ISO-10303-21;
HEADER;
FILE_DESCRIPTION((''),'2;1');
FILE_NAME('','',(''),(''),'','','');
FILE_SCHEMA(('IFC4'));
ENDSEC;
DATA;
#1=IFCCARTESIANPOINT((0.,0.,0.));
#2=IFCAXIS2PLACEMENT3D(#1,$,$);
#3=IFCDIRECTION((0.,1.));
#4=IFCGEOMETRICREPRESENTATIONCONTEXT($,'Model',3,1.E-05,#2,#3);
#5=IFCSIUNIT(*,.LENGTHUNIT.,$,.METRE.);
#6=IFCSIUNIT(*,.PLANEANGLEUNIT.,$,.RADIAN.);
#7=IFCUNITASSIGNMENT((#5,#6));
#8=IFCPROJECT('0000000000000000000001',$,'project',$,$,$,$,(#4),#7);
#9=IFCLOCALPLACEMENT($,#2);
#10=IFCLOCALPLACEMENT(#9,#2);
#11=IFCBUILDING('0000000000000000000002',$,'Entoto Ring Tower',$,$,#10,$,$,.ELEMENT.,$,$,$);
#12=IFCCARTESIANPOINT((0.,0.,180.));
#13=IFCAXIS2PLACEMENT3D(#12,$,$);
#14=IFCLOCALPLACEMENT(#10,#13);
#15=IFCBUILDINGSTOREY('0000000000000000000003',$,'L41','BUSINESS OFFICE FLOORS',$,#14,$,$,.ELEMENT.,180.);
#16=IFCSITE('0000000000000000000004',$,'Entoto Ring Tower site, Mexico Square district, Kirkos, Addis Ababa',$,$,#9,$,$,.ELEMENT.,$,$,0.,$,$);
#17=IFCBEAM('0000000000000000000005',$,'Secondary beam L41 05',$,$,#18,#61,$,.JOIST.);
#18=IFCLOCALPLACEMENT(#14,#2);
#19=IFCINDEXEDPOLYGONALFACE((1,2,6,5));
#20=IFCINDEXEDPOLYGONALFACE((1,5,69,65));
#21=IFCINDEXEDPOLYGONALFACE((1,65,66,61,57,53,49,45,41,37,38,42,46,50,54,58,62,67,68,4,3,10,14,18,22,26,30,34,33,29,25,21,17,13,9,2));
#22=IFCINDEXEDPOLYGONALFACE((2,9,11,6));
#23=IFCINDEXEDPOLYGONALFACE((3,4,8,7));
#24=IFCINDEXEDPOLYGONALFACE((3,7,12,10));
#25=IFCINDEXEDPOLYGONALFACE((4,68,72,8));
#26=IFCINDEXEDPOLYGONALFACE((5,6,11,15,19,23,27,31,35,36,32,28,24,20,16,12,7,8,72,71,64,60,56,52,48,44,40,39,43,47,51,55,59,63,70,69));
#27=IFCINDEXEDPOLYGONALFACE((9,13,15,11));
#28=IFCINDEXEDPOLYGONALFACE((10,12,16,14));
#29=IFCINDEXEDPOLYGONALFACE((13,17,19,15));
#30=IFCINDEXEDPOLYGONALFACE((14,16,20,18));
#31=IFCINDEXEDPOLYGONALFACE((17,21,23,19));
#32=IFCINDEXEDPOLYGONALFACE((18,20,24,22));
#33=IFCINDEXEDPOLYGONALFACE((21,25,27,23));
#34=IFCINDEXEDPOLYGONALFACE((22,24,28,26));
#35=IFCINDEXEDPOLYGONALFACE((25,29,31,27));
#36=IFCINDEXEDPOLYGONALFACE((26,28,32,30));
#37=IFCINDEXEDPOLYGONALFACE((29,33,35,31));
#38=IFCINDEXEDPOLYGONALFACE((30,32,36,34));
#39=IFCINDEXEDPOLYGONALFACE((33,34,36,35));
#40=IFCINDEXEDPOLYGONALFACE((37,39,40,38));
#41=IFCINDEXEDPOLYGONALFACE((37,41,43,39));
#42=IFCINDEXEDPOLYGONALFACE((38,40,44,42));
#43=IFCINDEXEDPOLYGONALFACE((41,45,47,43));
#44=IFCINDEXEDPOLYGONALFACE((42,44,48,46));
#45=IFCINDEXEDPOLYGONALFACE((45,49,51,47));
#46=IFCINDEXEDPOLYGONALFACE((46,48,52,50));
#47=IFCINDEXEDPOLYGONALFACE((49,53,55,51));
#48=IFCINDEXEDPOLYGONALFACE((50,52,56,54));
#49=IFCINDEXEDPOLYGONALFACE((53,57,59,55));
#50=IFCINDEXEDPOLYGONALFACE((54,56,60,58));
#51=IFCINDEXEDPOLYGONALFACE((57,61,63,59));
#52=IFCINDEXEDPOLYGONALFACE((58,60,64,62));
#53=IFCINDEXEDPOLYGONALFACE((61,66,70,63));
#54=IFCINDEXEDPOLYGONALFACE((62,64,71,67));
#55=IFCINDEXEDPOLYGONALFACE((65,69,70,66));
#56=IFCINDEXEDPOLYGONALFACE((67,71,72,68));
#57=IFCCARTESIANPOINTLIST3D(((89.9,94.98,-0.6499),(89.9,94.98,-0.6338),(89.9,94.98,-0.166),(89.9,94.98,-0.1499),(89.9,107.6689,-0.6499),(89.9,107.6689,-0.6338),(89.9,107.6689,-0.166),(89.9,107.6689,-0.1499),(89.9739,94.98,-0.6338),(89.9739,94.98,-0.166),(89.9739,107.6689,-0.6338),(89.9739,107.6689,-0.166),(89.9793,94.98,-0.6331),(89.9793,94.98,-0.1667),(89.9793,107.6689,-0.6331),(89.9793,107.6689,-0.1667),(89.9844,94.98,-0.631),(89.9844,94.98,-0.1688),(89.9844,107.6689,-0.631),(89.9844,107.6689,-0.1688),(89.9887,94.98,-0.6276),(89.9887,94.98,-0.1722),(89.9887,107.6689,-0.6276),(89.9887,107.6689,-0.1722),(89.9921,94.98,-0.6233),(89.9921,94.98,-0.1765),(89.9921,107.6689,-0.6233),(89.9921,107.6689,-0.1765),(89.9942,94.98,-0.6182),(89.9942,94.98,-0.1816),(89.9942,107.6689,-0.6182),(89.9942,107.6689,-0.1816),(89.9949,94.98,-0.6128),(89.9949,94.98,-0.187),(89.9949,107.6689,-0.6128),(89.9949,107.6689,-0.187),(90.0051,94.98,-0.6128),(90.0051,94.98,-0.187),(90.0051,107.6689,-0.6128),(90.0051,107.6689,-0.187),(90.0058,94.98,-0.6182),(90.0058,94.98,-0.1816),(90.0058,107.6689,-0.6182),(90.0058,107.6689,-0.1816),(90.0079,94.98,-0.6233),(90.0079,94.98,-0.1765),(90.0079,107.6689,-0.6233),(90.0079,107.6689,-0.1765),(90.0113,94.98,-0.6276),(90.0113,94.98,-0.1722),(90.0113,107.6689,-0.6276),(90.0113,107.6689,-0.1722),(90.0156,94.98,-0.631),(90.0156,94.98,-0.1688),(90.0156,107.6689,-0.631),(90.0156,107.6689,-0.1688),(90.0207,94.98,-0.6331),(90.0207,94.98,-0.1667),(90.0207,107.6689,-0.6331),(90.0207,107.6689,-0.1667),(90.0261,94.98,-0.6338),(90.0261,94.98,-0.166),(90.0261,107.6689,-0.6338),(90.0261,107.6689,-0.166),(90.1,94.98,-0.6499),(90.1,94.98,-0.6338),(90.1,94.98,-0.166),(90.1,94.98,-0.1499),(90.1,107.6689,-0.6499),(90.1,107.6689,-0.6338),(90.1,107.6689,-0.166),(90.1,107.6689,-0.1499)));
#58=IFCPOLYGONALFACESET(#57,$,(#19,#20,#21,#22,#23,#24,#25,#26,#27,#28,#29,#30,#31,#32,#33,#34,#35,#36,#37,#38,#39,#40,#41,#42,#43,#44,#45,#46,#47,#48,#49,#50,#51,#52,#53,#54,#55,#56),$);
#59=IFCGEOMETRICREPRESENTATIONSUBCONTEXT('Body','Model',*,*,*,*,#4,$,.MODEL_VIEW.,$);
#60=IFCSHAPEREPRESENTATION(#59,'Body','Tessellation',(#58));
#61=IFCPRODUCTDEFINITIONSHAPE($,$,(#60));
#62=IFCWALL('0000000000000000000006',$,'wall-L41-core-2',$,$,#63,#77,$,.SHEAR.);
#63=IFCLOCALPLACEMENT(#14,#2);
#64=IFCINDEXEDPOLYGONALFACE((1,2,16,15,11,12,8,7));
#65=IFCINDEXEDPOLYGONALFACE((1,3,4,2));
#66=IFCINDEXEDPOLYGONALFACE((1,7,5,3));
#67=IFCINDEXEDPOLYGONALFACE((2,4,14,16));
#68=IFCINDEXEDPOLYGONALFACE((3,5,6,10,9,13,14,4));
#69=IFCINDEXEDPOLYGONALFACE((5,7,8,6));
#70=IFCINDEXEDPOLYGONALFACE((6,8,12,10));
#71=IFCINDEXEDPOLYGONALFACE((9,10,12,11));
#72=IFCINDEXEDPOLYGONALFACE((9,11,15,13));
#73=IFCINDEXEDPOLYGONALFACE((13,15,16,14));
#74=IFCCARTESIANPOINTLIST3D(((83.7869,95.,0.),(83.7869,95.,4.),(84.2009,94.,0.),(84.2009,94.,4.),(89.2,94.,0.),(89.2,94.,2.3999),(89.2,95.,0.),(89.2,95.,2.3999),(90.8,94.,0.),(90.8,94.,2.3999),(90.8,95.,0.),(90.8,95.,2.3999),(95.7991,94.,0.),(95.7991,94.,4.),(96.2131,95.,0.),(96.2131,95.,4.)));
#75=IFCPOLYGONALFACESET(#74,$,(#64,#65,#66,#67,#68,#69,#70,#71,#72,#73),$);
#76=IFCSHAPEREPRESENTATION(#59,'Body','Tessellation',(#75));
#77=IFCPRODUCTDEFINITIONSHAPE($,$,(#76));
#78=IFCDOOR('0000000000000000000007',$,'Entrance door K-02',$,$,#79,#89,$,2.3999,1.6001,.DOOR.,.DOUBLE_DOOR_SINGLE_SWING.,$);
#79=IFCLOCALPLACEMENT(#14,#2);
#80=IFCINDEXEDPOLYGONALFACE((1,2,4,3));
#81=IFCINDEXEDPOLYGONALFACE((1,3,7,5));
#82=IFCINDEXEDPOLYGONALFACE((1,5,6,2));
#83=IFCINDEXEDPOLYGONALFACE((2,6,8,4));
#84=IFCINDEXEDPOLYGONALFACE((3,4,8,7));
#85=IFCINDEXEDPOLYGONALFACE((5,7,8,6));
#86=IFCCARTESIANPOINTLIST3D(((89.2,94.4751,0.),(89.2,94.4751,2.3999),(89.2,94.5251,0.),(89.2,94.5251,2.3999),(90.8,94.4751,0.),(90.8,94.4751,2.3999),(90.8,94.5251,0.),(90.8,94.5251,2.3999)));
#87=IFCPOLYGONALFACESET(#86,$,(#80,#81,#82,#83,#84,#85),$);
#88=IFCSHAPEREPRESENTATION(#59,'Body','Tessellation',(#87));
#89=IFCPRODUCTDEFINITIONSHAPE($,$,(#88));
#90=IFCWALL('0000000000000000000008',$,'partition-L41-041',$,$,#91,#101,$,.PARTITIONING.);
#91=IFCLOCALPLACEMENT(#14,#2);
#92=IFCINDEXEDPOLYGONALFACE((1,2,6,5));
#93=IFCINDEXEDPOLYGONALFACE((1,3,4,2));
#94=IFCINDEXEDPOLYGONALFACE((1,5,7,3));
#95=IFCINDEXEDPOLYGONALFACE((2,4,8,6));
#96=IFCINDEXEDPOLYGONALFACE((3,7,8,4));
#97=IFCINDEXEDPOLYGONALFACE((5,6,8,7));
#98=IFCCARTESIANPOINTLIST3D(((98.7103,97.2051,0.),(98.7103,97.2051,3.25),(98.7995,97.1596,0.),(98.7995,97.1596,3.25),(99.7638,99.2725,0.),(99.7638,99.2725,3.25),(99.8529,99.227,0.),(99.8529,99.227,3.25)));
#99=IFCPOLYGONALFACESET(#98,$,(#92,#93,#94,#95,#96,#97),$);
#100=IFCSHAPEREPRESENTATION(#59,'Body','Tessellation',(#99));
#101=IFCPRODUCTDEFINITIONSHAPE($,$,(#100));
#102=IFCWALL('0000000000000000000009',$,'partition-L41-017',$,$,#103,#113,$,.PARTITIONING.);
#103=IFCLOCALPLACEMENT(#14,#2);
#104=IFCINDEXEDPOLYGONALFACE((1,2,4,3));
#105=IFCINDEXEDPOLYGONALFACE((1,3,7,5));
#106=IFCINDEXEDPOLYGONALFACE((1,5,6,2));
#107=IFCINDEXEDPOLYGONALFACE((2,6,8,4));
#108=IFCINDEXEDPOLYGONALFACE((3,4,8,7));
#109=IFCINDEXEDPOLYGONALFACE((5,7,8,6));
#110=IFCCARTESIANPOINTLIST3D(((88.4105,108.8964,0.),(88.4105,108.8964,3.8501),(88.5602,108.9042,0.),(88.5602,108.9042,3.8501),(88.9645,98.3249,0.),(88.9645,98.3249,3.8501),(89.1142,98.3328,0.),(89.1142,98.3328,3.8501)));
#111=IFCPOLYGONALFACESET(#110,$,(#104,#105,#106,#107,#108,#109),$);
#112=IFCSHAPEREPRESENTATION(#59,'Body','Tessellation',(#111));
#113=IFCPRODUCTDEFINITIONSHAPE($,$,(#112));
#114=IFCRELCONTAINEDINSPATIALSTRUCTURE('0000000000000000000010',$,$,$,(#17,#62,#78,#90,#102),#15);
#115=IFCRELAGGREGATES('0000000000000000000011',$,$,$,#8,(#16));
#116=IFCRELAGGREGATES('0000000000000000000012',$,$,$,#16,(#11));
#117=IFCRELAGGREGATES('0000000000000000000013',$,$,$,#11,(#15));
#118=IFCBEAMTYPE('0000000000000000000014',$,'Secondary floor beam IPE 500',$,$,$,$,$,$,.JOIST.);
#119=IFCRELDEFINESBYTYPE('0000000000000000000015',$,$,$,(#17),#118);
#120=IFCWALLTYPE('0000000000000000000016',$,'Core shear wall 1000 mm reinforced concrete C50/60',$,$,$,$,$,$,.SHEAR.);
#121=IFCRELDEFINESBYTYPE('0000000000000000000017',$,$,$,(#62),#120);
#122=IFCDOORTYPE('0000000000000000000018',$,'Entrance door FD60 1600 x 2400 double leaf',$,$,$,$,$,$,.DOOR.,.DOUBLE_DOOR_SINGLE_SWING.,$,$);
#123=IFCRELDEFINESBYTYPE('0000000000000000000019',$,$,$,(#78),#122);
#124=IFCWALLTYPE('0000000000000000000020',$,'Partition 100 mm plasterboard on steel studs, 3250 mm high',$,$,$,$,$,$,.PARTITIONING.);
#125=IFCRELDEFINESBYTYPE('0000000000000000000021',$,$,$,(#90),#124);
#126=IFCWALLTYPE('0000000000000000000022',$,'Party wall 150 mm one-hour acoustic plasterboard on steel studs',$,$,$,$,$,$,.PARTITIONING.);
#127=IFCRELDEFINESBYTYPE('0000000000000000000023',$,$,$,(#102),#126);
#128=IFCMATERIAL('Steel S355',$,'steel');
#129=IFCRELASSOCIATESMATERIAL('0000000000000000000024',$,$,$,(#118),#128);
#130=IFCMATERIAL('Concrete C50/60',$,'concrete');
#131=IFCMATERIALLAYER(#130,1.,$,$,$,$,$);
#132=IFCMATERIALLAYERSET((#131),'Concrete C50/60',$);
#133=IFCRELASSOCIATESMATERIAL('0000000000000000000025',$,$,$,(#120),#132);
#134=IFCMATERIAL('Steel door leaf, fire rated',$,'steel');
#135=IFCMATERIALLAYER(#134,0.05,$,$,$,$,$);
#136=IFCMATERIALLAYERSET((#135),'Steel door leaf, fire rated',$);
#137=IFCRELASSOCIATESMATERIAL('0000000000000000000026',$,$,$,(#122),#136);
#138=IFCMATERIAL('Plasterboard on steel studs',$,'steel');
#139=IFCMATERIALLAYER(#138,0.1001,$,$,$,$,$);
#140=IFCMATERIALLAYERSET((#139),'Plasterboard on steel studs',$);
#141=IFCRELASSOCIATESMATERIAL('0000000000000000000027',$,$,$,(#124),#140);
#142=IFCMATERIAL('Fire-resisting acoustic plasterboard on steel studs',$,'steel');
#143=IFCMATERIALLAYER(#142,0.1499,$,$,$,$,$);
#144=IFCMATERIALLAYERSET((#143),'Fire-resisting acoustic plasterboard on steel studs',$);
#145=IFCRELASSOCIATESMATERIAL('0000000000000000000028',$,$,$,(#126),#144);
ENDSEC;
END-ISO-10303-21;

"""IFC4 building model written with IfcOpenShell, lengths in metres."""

from ifc_helpers import new_model, si_unit, direction, frame, frame_2d, origin, origin_2d, place, context, subcontext, project, spatial, polyline, rectangle, i_section, outline, extrude, material, layer, layer_set, material_profile, profile_set, type_object, element, fill, save


model = new_model("IFC4")

# Units and contexts
model_context = context("Model", 3, precision=1e-05, world=origin(), true_north=direction((0.0, 1.0)))
body_context = subcontext(model_context, "Body", "Model", "MODEL_VIEW")
ifc_project = project(units=[si_unit("LENGTHUNIT", "METRE"), si_unit("PLANEANGLEUNIT", "RADIAN")], contexts=[model_context])

# Site, building, storey
site_placement = place(None, origin())
site = spatial("IfcSite", under=ifc_project, at=site_placement, Name="Entoto Ring Tower site, Mexico Square district, Kirkos, Addis Ababa", CompositionType="ELEMENT", RefElevation=0.0)
building_placement = place(site_placement, origin())
building = spatial("IfcBuilding", under=site, at=building_placement, Name="Entoto Ring Tower", CompositionType="ELEMENT")
storey_placement = place(building_placement, frame((0.0, 0.0, 180.0)))
storey = spatial("IfcBuildingStorey", under=building, at=storey_placement, Name="L41", Description="BUSINESS OFFICE FLOORS", CompositionType="ELEMENT", Elevation=180.0)

# Beam
ifc_material_1 = material(Name="Steel S355", Category="steel")
ifc_material_profile_1 = material_profile(ifc_material_1, i_section(OverallWidth=0.2, OverallDepth=0.5, WebThickness=0.0103, FlangeThickness=0.0161, FilletRadius=0.021, at=origin_2d()), Name="IPE 500")
ifc_profile_set_1 = profile_set([ifc_material_profile_1], Name="Steel S355")
beam_type_1 = type_object("IfcBeamType", Name="Secondary floor beam IPE 500", PredefinedType="JOIST", material=ifc_profile_set_1)
beam_1_placement = place(storey_placement, frame((90.0, 94.98, -0.3999), z_axis=(0.0, 1.0, 0.0), x_axis=(-1.0, 0.0, 0.0)))
element("IfcBeam", 1, at=beam_1_placement, inside=storey, type_object=beam_type_1, Name="Secondary beam L41 05", PredefinedType="JOIST", context=body_context, shape_type="SweptSolid", body=[
    extrude(i_section(OverallWidth=0.2, OverallDepth=0.5, WebThickness=0.0103, FlangeThickness=0.0161, FilletRadius=0.021, at=origin_2d()), origin(), (0.0, 0.0, 1.0), 12.689),
])

# Wall, opening, door
ifc_material_2 = material(Name="Concrete C50/60", Category="concrete")
ifc_layer_1 = layer(ifc_material_2, 1.0)
ifc_layer_set_1 = layer_set([ifc_layer_1], Name="Concrete C50/60")
wall_type_1 = type_object("IfcWallType", Name="Core shear wall 1000 mm reinforced concrete C50/60", PredefinedType="SHEAR", material=ifc_layer_set_1)
wall_1_placement = place(storey_placement, frame((96.0061, 94.5, 0.0), z_axis=(0.0, 0.0, 1.0), x_axis=(-1.0, 0.0, 0.0)))
wall_1 = element("IfcWall", 2, at=wall_1_placement, inside=storey, type_object=wall_type_1, Name="wall-L41-core-2", PredefinedType="SHEAR", context=body_context, shape_type="SweptSolid", body=[
    extrude(outline(polyline([(-0.207, -0.5), (12.2192, -0.5), (11.8052, 0.5), (0.207, 0.5), (-0.207, -0.5)])), origin(), (0.0, 0.0, 1.0), 4.0),
])
opening_placement = place(wall_1_placement, frame((5.2061, 0.0, 0.0)))
opening = element("IfcOpeningElement", 3, at=opening_placement, cuts=wall_1, PredefinedType="OPENING", context=body_context, shape_type="SweptSolid", body=[
    extrude(rectangle(XDim=1.6001, YDim=2.3999, at=frame_2d((0.8, 1.2))), frame((0.0, 0.51, 0.0), z_axis=(0.0, -1.0, 0.0), x_axis=(1.0, 0.0, 0.0)), (0.0, 0.0, 1.0), 1.02),
])
ifc_material_3 = material(Name="Steel door leaf, fire rated", Category="steel")
ifc_layer_2 = layer(ifc_material_3, 0.05)
ifc_layer_set_2 = layer_set([ifc_layer_2], Name="Steel door leaf, fire rated")
door_type = type_object("IfcDoorType", Name="Entrance door FD60 1600 x 2400 double leaf", OperationType="DOUBLE_DOOR_SINGLE_SWING", PredefinedType="DOOR", material=ifc_layer_set_2)
door_placement = place(opening_placement, origin())
door = element("IfcDoor", 4, at=door_placement, inside=storey, type_object=door_type, Name="Entrance door K-02", OperationType="DOUBLE_DOOR_SINGLE_SWING", OverallHeight=2.3999, OverallWidth=1.6001, PredefinedType="DOOR", context=body_context, shape_type="SweptSolid", body=[
    extrude(rectangle(XDim=1.6001, YDim=2.3999, at=frame_2d((0.8, 1.2))), frame((0.0, 0.0249, 0.0), z_axis=(0.0, -1.0, 0.0), x_axis=(1.0, 0.0, 0.0)), (0.0, 0.0, 1.0), 0.05),
])
fill(opening, door)

# Walls
ifc_material_4 = material(Name="Plasterboard on steel studs", Category="steel")
ifc_layer_3 = layer(ifc_material_4, 0.1001)
ifc_layer_set_3 = layer_set([ifc_layer_3], Name="Plasterboard on steel studs")
wall_type_2 = type_object("IfcWallType", Name="Partition 100 mm plasterboard on steel studs, 3250 mm high", PredefinedType="PARTITIONING", material=ifc_layer_set_3)
wall_2_placement = place(storey_placement, frame((98.7549, 97.1824, 0.0), z_axis=(0.0, 0.0, 1.0), x_axis=(0.454019, 0.890992, 0.0)))
element("IfcWall", 5, at=wall_2_placement, inside=storey, type_object=wall_type_2, Name="partition-L41-041", PredefinedType="PARTITIONING", context=body_context, shape_type="SweptSolid", body=[
    extrude(rectangle(XDim=2.3203, YDim=0.1001, at=frame_2d((1.1602, 0.0))), origin(), (0.0, 0.0, 1.0), 3.25),
])
ifc_material_5 = material(Name="Fire-resisting acoustic plasterboard on steel studs", Category="steel")
ifc_layer_4 = layer(ifc_material_5, 0.1499)
ifc_layer_set_4 = layer_set([ifc_layer_4], Name="Fire-resisting acoustic plasterboard on steel studs")
wall_type_3 = type_object("IfcWallType", Name="Party wall 150 mm one-hour acoustic plasterboard on steel studs", PredefinedType="PARTITIONING", material=ifc_layer_set_4)
wall_3_placement = place(storey_placement, frame((89.0393, 98.3289, 0.0), z_axis=(0.0, 0.0, 1.0), x_axis=(-0.052329, 0.99863, 0.0)))
element("IfcWall", 6, at=wall_3_placement, inside=storey, type_object=wall_type_3, Name="partition-L41-017", PredefinedType="PARTITIONING", context=body_context, shape_type="SweptSolid", body=[
    extrude(rectangle(XDim=10.5859, YDim=0.1499, at=frame_2d((5.293, 0.0))), origin(), (0.0, 0.0, 1.0), 3.8501),
])

save(model, "model.ifc")
